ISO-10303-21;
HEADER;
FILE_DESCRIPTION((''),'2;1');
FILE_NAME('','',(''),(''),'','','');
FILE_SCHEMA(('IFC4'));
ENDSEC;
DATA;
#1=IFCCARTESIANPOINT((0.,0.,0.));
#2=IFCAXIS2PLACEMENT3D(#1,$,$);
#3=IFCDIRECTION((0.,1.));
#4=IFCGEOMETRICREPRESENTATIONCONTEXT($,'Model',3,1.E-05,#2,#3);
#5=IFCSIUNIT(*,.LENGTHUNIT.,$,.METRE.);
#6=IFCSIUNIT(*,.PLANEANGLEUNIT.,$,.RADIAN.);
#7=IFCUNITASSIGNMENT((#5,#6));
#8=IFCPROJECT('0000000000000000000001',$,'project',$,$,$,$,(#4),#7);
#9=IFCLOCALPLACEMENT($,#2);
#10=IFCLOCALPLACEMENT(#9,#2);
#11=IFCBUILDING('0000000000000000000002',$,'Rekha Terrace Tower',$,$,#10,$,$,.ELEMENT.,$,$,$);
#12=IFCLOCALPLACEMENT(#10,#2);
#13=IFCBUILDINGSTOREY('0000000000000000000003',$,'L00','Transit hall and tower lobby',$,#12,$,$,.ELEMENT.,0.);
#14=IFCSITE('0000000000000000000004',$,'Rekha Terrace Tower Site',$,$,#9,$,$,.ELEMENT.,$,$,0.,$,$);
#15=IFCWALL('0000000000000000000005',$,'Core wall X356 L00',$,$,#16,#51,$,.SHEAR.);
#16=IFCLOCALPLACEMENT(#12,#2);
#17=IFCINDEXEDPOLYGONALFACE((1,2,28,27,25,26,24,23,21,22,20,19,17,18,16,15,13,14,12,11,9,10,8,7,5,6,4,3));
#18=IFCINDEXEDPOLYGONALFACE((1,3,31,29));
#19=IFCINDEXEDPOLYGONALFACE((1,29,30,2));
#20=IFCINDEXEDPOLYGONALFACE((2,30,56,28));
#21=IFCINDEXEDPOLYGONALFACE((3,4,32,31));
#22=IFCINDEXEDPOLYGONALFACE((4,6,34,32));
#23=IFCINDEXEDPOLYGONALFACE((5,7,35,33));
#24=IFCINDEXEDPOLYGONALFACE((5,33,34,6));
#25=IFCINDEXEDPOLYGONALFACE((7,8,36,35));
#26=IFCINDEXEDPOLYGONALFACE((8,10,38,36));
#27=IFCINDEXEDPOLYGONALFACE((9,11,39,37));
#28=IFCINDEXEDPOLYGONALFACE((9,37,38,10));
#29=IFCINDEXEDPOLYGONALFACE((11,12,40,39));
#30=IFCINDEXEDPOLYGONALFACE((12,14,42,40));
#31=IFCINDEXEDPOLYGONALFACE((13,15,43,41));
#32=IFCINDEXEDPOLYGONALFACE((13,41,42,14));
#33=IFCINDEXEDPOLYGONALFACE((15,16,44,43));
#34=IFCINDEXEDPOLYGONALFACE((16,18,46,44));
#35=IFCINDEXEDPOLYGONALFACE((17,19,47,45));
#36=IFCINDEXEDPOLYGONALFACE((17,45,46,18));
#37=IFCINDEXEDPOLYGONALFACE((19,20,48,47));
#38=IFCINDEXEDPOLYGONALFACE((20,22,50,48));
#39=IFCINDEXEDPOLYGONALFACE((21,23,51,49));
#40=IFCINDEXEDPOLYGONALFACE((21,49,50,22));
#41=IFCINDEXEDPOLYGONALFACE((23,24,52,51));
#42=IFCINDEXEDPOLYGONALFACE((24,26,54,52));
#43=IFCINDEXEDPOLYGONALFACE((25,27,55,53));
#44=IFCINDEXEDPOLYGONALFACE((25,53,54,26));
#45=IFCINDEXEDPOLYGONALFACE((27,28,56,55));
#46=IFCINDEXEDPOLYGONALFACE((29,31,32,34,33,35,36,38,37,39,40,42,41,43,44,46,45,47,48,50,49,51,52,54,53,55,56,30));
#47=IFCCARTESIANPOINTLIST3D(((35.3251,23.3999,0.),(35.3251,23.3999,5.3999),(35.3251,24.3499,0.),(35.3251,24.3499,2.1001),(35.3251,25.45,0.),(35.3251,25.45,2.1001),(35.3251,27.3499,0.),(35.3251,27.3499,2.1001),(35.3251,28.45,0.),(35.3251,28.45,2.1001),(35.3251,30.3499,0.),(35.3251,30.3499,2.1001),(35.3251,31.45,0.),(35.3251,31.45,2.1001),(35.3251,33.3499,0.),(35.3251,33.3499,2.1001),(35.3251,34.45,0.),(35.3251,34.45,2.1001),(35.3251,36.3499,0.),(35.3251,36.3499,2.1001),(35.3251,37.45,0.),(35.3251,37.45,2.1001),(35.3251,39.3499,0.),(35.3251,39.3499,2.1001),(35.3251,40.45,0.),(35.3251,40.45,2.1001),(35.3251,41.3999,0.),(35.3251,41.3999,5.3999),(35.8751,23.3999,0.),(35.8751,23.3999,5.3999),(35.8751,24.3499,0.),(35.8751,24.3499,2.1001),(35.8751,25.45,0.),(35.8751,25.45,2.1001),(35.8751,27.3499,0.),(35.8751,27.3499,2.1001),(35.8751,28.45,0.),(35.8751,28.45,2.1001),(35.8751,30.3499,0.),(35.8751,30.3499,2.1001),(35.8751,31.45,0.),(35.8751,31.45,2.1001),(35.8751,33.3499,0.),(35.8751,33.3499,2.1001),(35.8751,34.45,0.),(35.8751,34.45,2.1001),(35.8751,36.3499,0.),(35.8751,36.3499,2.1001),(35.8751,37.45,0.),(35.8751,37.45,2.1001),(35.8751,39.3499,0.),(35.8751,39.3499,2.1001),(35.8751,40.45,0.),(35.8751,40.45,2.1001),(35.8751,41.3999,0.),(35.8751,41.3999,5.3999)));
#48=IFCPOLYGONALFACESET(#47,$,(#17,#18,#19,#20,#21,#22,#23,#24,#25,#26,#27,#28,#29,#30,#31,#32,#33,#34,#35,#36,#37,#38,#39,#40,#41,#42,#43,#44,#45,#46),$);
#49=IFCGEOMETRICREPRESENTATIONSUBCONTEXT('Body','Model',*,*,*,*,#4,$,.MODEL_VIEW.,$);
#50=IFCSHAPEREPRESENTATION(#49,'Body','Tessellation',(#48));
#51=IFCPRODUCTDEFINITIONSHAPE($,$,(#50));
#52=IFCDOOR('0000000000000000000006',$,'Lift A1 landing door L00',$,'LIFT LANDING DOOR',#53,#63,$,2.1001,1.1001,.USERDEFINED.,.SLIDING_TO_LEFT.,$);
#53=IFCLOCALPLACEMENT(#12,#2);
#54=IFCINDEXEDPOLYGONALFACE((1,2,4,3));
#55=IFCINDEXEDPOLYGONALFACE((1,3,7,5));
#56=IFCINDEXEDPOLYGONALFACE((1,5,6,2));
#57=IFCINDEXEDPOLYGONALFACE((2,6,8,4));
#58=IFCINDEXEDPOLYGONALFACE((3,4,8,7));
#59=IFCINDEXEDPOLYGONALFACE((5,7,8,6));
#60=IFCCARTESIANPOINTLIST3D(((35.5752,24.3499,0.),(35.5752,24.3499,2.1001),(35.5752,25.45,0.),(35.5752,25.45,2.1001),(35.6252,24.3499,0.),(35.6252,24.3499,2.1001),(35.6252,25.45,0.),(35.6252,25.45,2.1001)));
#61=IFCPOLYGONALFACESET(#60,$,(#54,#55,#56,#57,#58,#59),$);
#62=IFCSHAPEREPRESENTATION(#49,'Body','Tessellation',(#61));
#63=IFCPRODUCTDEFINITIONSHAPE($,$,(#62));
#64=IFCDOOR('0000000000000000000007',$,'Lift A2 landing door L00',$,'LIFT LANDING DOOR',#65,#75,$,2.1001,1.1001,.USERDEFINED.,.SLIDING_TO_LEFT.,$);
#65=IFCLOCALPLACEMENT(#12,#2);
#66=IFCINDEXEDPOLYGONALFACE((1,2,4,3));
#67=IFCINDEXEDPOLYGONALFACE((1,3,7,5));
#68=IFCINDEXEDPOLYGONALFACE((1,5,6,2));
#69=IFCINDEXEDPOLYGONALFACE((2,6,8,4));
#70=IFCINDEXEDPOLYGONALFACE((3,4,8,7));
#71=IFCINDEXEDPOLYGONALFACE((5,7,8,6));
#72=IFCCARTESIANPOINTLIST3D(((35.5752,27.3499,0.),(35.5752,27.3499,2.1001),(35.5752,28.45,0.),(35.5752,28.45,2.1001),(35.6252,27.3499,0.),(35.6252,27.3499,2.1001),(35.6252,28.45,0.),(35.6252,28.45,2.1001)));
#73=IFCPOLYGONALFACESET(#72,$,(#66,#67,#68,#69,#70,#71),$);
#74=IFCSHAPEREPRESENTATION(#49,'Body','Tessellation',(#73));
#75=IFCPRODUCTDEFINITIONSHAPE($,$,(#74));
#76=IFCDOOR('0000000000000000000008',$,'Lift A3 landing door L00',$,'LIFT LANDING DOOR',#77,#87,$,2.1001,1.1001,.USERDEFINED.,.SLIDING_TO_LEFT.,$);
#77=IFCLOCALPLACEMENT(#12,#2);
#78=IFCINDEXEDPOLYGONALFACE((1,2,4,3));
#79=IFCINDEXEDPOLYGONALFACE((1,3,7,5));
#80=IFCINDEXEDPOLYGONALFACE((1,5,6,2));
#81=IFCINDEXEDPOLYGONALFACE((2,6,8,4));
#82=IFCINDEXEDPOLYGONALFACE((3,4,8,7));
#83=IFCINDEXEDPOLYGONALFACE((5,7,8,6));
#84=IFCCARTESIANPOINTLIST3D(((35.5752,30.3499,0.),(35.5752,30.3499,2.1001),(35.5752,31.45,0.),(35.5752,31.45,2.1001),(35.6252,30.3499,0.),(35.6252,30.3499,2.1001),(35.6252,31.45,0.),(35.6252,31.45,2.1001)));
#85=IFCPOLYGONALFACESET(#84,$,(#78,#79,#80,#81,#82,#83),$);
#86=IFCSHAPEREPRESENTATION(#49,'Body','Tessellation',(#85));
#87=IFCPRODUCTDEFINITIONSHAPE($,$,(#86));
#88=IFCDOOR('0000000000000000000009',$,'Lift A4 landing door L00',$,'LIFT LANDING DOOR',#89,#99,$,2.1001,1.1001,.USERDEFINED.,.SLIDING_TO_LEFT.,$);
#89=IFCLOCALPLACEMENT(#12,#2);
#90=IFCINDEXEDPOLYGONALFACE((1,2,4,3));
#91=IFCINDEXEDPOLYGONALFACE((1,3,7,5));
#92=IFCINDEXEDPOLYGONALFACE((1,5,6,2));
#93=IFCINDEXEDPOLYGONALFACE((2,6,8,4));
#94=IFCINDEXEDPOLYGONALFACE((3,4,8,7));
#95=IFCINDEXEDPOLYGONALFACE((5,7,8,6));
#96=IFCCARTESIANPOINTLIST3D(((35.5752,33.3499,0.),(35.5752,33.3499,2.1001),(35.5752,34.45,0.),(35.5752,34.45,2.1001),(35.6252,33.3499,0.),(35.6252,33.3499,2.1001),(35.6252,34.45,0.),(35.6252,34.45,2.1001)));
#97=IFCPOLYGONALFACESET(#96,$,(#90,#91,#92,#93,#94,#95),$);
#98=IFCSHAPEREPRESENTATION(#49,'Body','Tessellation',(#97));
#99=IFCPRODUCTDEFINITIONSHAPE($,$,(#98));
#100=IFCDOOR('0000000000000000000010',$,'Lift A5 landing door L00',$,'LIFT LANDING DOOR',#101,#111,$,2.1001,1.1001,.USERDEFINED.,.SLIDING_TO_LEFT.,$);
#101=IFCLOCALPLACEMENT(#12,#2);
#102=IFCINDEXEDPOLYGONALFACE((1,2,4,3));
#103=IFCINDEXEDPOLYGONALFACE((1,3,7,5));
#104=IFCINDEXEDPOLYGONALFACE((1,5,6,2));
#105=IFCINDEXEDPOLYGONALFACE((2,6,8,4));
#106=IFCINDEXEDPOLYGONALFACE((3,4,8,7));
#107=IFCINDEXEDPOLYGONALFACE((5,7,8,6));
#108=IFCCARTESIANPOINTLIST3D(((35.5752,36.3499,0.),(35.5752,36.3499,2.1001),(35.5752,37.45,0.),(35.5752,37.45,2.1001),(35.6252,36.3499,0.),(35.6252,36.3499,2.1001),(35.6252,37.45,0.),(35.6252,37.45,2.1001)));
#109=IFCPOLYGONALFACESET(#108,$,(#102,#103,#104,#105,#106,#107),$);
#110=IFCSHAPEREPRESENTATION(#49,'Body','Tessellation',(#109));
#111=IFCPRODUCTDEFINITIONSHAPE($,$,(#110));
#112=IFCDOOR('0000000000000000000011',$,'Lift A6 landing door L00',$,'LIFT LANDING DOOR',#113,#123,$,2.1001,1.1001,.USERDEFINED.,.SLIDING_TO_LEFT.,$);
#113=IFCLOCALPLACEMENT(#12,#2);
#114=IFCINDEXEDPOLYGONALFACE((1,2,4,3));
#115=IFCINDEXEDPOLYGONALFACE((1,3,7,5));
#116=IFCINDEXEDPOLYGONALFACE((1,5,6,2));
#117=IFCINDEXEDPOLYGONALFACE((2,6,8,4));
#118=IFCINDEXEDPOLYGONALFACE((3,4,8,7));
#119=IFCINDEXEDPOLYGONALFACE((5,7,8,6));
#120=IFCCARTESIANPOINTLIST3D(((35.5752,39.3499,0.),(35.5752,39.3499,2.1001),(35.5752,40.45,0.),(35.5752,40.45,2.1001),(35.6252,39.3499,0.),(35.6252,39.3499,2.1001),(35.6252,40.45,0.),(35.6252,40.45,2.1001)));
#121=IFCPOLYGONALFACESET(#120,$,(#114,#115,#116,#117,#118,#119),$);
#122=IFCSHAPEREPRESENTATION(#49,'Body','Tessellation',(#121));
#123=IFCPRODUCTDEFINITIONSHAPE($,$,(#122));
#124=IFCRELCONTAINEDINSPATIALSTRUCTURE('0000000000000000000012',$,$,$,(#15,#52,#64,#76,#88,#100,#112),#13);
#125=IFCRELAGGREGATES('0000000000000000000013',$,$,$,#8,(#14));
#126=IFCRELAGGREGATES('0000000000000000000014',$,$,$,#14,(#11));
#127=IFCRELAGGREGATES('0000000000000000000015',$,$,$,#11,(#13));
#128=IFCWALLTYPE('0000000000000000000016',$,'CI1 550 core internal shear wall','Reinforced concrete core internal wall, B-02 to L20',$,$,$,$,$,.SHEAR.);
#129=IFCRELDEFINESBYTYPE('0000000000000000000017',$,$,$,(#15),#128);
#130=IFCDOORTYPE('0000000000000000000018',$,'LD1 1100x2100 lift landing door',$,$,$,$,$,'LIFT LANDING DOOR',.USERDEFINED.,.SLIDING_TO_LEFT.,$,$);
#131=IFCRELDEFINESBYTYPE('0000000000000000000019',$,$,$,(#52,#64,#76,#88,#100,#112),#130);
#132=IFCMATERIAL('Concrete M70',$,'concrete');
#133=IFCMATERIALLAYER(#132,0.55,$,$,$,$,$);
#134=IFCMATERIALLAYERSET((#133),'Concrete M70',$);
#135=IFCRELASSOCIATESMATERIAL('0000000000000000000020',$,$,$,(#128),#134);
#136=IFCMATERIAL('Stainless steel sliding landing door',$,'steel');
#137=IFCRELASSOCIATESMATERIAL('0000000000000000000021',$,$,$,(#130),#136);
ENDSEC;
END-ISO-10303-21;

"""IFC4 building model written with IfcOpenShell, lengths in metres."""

from ifc_helpers import new_model, si_unit, direction, frame, frame_2d, origin, place, context, subcontext, project, spatial, rectangle, extrude, material, layer, layer_set, type_object, element, fill, save


model = new_model("IFC4")

# Units and contexts
model_context = context("Model", 3, precision=1e-05, world=origin(), true_north=direction((0.0, 1.0)))
body_context = subcontext(model_context, "Body", "Model", "MODEL_VIEW")
ifc_project = project(units=[si_unit("LENGTHUNIT", "METRE"), si_unit("PLANEANGLEUNIT", "RADIAN")], contexts=[model_context])

# Site, building, storey
site_placement = place(None, origin())
site = spatial("IfcSite", under=ifc_project, at=site_placement, Name="Rekha Terrace Tower Site", CompositionType="ELEMENT", RefElevation=0.0)
building_placement = place(site_placement, origin())
building = spatial("IfcBuilding", under=site, at=building_placement, Name="Rekha Terrace Tower", CompositionType="ELEMENT")
storey_placement = place(building_placement, origin())
storey = spatial("IfcBuildingStorey", under=building, at=storey_placement, Name="L00", Description="Transit hall and tower lobby", CompositionType="ELEMENT", Elevation=0.0)

# Wall, openings, doors
ifc_material_1 = material(Name="Concrete M70", Category="concrete")
ifc_layer_1 = layer(ifc_material_1, 0.55)
ifc_layer_set_1 = layer_set([ifc_layer_1], Name="Concrete M70")
wall_type_1 = type_object("IfcWallType", Name="CI1 550 core internal shear wall", Description="Reinforced concrete core internal wall, B-02 to L20", PredefinedType="SHEAR", material=ifc_layer_set_1)
wall_1_placement = place(storey_placement, frame((35.6001, 23.3999, 0.0), z_axis=(0.0, 0.0, 1.0), x_axis=(0.0, 1.0, 0.0)))
wall_1 = element("IfcWall", 1, at=wall_1_placement, inside=storey, type_object=wall_type_1, Name="Core wall X356 L00", PredefinedType="SHEAR", context=body_context, shape_type="SweptSolid", body=[
    extrude(rectangle(XDim=18.0, YDim=0.55, at=frame_2d((9.0, 0.0))), origin(), (0.0, 0.0, 1.0), 5.3999),
])
opening_1_placement = place(wall_1_placement, frame((0.95, 0.0, 0.0)))
opening_1 = element("IfcOpeningElement", 2, at=opening_1_placement, cuts=wall_1, PredefinedType="OPENING", context=body_context, shape_type="SweptSolid", body=[
    extrude(rectangle(XDim=1.1001, YDim=2.1001, at=frame_2d((0.55, 1.05))), frame((0.0, 0.2849, 0.0), z_axis=(0.0, -1.0, 0.0), x_axis=(1.0, 0.0, 0.0)), (0.0, 0.0, 1.0), 0.5701),
])
opening_2_placement = place(wall_1_placement, frame((3.95, 0.0, 0.0)))
opening_2 = element("IfcOpeningElement", 3, at=opening_2_placement, cuts=wall_1, PredefinedType="OPENING", context=body_context, shape_type="SweptSolid", body=[
    extrude(rectangle(XDim=1.1001, YDim=2.1001, at=frame_2d((0.55, 1.05))), frame((0.0, 0.2849, 0.0), z_axis=(0.0, -1.0, 0.0), x_axis=(1.0, 0.0, 0.0)), (0.0, 0.0, 1.0), 0.5701),
])
opening_3_placement = place(wall_1_placement, frame((6.95, 0.0, 0.0)))
opening_3 = element("IfcOpeningElement", 4, at=opening_3_placement, cuts=wall_1, PredefinedType="OPENING", context=body_context, shape_type="SweptSolid", body=[
    extrude(rectangle(XDim=1.1001, YDim=2.1001, at=frame_2d((0.55, 1.05))), frame((0.0, 0.2849, 0.0), z_axis=(0.0, -1.0, 0.0), x_axis=(1.0, 0.0, 0.0)), (0.0, 0.0, 1.0), 0.5701),
])
opening_4_placement = place(wall_1_placement, frame((9.95, 0.0, 0.0)))
opening_4 = element("IfcOpeningElement", 5, at=opening_4_placement, cuts=wall_1, PredefinedType="OPENING", context=body_context, shape_type="SweptSolid", body=[
    extrude(rectangle(XDim=1.1001, YDim=2.1001, at=frame_2d((0.55, 1.05))), frame((0.0, 0.2849, 0.0), z_axis=(0.0, -1.0, 0.0), x_axis=(1.0, 0.0, 0.0)), (0.0, 0.0, 1.0), 0.5701),
])
opening_5_placement = place(wall_1_placement, frame((12.95, 0.0, 0.0)))
opening_5 = element("IfcOpeningElement", 6, at=opening_5_placement, cuts=wall_1, PredefinedType="OPENING", context=body_context, shape_type="SweptSolid", body=[
    extrude(rectangle(XDim=1.1001, YDim=2.1001, at=frame_2d((0.55, 1.05))), frame((0.0, 0.2849, 0.0), z_axis=(0.0, -1.0, 0.0), x_axis=(1.0, 0.0, 0.0)), (0.0, 0.0, 1.0), 0.5701),
])
opening_6_placement = place(wall_1_placement, frame((15.95, 0.0, 0.0)))
opening_6 = element("IfcOpeningElement", 7, at=opening_6_placement, cuts=wall_1, PredefinedType="OPENING", context=body_context, shape_type="SweptSolid", body=[
    extrude(rectangle(XDim=1.1001, YDim=2.1001, at=frame_2d((0.55, 1.05))), frame((0.0, 0.2849, 0.0), z_axis=(0.0, -1.0, 0.0), x_axis=(1.0, 0.0, 0.0)), (0.0, 0.0, 1.0), 0.5701),
])
ifc_material_2 = material(Name="Stainless steel sliding landing door", Category="steel")
door_type = type_object("IfcDoorType", Name="LD1 1100x2100 lift landing door", ElementType="LIFT LANDING DOOR", OperationType="SLIDING_TO_LEFT", PredefinedType="USERDEFINED", material=ifc_material_2)
door_1_placement = place(opening_1_placement, origin())
door_1 = element("IfcDoor", 8, at=door_1_placement, inside=storey, type_object=door_type, Name="Lift A1 landing door L00", ObjectType="LIFT LANDING DOOR", OperationType="SLIDING_TO_LEFT", OverallHeight=2.1001, OverallWidth=1.1001, PredefinedType="USERDEFINED", context=body_context, shape_type="SweptSolid", body=[
    extrude(rectangle(XDim=1.1001, YDim=2.1001, at=frame_2d((0.55, 1.05))), frame((0.0, 0.0249, 0.0), z_axis=(0.0, -1.0, 0.0), x_axis=(1.0, 0.0, 0.0)), (0.0, 0.0, 1.0), 0.05),
])
fill(opening_1, door_1)
door_2_placement = place(opening_2_placement, origin())
door_2 = element("IfcDoor", 9, at=door_2_placement, inside=storey, type_object=door_type, Name="Lift A2 landing door L00", ObjectType="LIFT LANDING DOOR", OperationType="SLIDING_TO_LEFT", OverallHeight=2.1001, OverallWidth=1.1001, PredefinedType="USERDEFINED", context=body_context, shape_type="SweptSolid", body=[
    extrude(rectangle(XDim=1.1001, YDim=2.1001, at=frame_2d((0.55, 1.05))), frame((0.0, 0.0249, 0.0), z_axis=(0.0, -1.0, 0.0), x_axis=(1.0, 0.0, 0.0)), (0.0, 0.0, 1.0), 0.05),
])
fill(opening_2, door_2)
door_3_placement = place(opening_3_placement, origin())
door_3 = element("IfcDoor", 10, at=door_3_placement, inside=storey, type_object=door_type, Name="Lift A3 landing door L00", ObjectType="LIFT LANDING DOOR", OperationType="SLIDING_TO_LEFT", OverallHeight=2.1001, OverallWidth=1.1001, PredefinedType="USERDEFINED", context=body_context, shape_type="SweptSolid", body=[
    extrude(rectangle(XDim=1.1001, YDim=2.1001, at=frame_2d((0.55, 1.05))), frame((0.0, 0.0249, 0.0), z_axis=(0.0, -1.0, 0.0), x_axis=(1.0, 0.0, 0.0)), (0.0, 0.0, 1.0), 0.05),
])
fill(opening_3, door_3)
door_4_placement = place(opening_4_placement, origin())
door_4 = element("IfcDoor", 11, at=door_4_placement, inside=storey, type_object=door_type, Name="Lift A4 landing door L00", ObjectType="LIFT LANDING DOOR", OperationType="SLIDING_TO_LEFT", OverallHeight=2.1001, OverallWidth=1.1001, PredefinedType="USERDEFINED", context=body_context, shape_type="SweptSolid", body=[
    extrude(rectangle(XDim=1.1001, YDim=2.1001, at=frame_2d((0.55, 1.05))), frame((0.0, 0.0249, 0.0), z_axis=(0.0, -1.0, 0.0), x_axis=(1.0, 0.0, 0.0)), (0.0, 0.0, 1.0), 0.05),
])
fill(opening_4, door_4)
door_5_placement = place(opening_5_placement, origin())
door_5 = element("IfcDoor", 12, at=door_5_placement, inside=storey, type_object=door_type, Name="Lift A5 landing door L00", ObjectType="LIFT LANDING DOOR", OperationType="SLIDING_TO_LEFT", OverallHeight=2.1001, OverallWidth=1.1001, PredefinedType="USERDEFINED", context=body_context, shape_type="SweptSolid", body=[
    extrude(rectangle(XDim=1.1001, YDim=2.1001, at=frame_2d((0.55, 1.05))), frame((0.0, 0.0249, 0.0), z_axis=(0.0, -1.0, 0.0), x_axis=(1.0, 0.0, 0.0)), (0.0, 0.0, 1.0), 0.05),
])
fill(opening_5, door_5)
door_6_placement = place(opening_6_placement, origin())
door_6 = element("IfcDoor", 13, at=door_6_placement, inside=storey, type_object=door_type, Name="Lift A6 landing door L00", ObjectType="LIFT LANDING DOOR", OperationType="SLIDING_TO_LEFT", OverallHeight=2.1001, OverallWidth=1.1001, PredefinedType="USERDEFINED", context=body_context, shape_type="SweptSolid", body=[
    extrude(rectangle(XDim=1.1001, YDim=2.1001, at=frame_2d((0.55, 1.05))), frame((0.0, 0.0249, 0.0), z_axis=(0.0, -1.0, 0.0), x_axis=(1.0, 0.0, 0.0)), (0.0, 0.0, 1.0), 0.05),
])
fill(opening_6, door_6)

save(model, "model.ifc")
